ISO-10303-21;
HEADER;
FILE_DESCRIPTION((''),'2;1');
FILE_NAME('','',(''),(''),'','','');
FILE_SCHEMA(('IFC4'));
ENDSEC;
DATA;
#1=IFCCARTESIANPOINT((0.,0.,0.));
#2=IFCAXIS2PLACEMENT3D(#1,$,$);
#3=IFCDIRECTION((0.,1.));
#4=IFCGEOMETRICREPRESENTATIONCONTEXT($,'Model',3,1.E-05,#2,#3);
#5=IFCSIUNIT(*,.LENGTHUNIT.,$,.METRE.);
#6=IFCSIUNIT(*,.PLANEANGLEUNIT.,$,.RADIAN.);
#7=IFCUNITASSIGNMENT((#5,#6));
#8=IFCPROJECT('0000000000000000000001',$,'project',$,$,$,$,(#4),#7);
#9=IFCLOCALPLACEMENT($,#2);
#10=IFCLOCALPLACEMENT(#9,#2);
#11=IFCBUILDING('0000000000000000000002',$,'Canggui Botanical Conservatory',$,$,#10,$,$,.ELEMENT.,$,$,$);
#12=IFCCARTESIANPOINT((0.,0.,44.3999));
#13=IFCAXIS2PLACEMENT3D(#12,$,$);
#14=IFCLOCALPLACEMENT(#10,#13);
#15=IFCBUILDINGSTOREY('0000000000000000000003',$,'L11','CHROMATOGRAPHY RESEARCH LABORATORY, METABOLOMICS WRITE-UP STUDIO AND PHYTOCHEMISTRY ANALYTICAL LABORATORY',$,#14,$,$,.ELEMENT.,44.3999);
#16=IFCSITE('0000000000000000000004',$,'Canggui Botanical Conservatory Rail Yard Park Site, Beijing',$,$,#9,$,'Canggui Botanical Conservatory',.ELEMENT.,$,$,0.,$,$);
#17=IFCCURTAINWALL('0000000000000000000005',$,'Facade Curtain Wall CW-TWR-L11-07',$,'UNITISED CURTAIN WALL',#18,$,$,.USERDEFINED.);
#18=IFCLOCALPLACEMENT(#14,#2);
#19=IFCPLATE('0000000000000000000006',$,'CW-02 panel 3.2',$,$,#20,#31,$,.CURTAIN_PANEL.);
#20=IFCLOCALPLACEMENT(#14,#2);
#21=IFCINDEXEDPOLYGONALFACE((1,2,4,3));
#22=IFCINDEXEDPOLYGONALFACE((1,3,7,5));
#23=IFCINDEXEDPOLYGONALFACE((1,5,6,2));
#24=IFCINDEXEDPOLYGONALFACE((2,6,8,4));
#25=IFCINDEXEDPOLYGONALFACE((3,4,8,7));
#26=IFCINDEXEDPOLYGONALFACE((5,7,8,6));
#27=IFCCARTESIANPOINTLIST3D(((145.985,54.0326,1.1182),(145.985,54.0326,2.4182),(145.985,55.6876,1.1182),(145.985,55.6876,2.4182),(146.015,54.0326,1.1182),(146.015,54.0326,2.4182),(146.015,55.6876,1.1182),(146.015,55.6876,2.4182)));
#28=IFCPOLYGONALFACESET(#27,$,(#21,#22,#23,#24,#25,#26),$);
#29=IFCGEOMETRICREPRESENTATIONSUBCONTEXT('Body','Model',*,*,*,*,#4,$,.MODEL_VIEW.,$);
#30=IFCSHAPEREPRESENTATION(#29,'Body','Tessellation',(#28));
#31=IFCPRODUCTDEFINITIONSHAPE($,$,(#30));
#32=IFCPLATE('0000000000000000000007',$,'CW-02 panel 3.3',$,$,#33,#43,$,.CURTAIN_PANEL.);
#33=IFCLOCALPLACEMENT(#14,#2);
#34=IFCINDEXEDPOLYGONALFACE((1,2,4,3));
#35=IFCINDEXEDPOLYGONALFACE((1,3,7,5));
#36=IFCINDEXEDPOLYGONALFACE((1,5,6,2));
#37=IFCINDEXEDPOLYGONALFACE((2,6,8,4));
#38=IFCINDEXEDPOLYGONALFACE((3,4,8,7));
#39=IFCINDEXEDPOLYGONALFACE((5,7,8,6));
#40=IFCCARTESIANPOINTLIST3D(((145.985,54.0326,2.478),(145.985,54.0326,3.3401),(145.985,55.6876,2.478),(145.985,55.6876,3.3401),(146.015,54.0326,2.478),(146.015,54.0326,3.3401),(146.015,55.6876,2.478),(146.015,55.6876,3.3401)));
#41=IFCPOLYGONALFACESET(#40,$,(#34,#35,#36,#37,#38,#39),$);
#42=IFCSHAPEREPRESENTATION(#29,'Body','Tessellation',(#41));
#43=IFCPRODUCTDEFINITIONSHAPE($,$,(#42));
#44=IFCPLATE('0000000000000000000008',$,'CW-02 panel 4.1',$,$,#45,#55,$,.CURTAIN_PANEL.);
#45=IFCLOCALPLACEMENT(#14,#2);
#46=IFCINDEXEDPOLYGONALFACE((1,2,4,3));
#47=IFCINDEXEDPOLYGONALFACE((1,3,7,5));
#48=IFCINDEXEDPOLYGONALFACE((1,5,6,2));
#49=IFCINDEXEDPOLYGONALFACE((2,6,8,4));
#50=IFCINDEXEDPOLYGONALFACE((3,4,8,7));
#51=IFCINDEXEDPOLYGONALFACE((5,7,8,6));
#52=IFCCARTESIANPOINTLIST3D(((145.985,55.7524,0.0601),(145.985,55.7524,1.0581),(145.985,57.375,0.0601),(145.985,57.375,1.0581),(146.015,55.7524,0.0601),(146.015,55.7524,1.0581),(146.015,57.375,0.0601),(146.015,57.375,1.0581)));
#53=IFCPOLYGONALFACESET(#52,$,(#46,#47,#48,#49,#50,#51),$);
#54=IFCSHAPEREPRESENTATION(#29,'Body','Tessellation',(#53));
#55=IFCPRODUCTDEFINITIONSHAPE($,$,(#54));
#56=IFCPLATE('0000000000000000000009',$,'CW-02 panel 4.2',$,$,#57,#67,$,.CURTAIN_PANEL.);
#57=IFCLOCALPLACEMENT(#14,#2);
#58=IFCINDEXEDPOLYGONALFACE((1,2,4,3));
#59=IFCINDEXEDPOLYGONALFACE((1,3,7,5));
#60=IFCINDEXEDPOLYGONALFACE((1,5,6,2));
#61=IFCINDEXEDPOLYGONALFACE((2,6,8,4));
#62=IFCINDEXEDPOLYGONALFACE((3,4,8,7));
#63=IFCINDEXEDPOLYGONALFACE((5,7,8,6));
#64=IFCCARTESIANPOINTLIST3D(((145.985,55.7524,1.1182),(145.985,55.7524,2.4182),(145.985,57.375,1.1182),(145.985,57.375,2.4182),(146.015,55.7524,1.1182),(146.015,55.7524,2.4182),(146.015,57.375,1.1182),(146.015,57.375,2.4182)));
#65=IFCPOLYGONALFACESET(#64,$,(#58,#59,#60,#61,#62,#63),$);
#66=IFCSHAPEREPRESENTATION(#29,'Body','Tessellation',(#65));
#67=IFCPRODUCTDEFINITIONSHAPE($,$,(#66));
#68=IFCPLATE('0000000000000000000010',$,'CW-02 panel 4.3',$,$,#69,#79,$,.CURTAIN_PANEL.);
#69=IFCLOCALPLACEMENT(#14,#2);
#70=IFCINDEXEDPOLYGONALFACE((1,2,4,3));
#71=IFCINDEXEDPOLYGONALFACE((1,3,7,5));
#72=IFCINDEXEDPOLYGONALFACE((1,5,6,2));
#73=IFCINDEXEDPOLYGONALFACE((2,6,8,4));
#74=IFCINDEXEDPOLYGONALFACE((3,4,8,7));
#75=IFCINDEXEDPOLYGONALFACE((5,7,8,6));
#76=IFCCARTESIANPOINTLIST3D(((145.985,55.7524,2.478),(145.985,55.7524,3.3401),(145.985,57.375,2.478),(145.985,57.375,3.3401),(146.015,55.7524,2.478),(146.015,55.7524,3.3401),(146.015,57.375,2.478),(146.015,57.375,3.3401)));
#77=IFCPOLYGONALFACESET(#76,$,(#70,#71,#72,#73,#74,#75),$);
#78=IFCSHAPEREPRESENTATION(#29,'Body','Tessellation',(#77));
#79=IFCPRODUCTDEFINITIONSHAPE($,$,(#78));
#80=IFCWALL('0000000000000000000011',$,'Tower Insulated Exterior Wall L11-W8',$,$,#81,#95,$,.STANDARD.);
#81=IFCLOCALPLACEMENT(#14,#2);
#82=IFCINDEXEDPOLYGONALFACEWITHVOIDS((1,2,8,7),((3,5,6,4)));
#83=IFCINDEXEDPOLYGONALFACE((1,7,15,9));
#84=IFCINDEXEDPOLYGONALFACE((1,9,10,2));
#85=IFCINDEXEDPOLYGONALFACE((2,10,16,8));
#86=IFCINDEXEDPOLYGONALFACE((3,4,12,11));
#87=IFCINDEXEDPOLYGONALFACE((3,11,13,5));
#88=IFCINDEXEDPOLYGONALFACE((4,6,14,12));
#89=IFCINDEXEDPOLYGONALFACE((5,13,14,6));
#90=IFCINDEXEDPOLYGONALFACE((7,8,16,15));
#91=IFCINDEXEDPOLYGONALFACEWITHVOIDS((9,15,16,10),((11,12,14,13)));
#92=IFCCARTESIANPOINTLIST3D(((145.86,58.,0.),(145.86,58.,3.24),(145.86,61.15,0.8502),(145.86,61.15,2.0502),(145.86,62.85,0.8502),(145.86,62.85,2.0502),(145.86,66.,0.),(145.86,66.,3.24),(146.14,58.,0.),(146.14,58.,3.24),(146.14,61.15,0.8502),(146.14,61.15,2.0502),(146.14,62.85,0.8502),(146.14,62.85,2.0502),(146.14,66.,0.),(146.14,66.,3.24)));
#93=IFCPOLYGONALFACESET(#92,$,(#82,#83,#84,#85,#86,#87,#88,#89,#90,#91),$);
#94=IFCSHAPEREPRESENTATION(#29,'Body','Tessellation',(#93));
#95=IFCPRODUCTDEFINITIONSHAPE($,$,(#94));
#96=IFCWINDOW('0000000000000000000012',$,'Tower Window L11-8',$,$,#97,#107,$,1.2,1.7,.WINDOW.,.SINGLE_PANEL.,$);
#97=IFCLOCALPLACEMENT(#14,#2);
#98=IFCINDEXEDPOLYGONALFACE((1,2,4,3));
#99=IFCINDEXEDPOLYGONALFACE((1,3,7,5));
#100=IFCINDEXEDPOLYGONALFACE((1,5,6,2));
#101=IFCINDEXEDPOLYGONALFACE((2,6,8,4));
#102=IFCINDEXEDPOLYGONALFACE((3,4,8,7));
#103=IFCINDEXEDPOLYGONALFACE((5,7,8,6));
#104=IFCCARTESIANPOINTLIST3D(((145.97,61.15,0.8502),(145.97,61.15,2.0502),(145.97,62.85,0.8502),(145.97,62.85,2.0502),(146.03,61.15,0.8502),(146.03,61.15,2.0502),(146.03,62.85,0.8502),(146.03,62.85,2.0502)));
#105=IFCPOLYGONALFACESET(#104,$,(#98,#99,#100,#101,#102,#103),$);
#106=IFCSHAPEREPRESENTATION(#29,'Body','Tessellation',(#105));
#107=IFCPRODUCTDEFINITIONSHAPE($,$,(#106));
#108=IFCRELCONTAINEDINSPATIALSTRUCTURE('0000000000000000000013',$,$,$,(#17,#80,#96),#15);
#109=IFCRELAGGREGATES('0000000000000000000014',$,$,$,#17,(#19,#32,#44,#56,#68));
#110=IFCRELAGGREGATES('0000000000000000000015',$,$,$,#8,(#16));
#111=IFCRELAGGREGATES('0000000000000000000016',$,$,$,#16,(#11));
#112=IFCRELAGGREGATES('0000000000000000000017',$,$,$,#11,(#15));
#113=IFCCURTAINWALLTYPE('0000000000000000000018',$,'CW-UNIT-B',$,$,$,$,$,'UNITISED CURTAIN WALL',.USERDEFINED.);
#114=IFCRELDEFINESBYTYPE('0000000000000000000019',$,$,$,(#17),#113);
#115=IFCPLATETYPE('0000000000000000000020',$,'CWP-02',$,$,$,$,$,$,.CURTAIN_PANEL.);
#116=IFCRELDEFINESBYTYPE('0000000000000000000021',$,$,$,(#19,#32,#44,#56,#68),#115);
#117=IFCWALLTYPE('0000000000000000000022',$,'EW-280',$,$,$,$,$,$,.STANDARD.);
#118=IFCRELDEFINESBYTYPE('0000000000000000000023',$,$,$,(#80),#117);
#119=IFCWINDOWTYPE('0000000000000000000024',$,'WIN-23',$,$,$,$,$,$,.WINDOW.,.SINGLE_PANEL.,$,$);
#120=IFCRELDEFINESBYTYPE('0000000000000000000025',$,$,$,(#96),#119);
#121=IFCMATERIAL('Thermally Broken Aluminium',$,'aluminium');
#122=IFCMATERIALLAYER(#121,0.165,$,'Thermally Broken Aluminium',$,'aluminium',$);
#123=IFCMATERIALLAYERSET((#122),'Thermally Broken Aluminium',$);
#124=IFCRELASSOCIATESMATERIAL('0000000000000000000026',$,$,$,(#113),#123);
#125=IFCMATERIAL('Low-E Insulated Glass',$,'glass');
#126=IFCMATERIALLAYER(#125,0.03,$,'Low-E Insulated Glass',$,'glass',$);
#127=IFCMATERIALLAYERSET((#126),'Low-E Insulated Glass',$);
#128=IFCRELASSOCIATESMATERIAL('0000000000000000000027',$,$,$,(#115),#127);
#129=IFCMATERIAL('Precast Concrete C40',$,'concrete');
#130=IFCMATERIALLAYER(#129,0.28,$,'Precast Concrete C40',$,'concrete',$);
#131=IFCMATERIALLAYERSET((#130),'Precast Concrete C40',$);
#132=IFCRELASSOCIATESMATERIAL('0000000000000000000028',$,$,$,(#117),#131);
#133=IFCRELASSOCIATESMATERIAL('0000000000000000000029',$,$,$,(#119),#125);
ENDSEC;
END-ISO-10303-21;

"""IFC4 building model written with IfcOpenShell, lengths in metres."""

from ifc_helpers import new_model, si_unit, direction, frame, frame_2d, origin, origin_2d, place, context, subcontext, project, spatial, rectangle, extrude, material, layer, layer_set, type_object, element, fill, aggregate, save


model = new_model("IFC4")

# Units and contexts
model_context = context("Model", 3, precision=1e-05, world=origin(), true_north=direction((0.0, 1.0)))
body_context = subcontext(model_context, "Body", "Model", "MODEL_VIEW")
ifc_project = project(units=[si_unit("LENGTHUNIT", "METRE"), si_unit("PLANEANGLEUNIT", "RADIAN")], contexts=[model_context])

# Site, building, storey
site_placement = place(None, origin())
site = spatial("IfcSite", under=ifc_project, at=site_placement, Name="Canggui Botanical Conservatory Rail Yard Park Site, Beijing", LongName="Canggui Botanical Conservatory", CompositionType="ELEMENT", RefElevation=0.0)
building_placement = place(site_placement, origin())
building = spatial("IfcBuilding", under=site, at=building_placement, Name="Canggui Botanical Conservatory", CompositionType="ELEMENT")
storey_placement = place(building_placement, frame((0.0, 0.0, 44.3999)))
storey = spatial("IfcBuildingStorey", under=building, at=storey_placement, Name="L11", Description="CHROMATOGRAPHY RESEARCH LABORATORY, METABOLOMICS WRITE-UP STUDIO AND PHYTOCHEMISTRY ANALYTICAL LABORATORY", CompositionType="ELEMENT", Elevation=44.3999)

# Curtain wall
ifc_material_1 = material(Name="Thermally Broken Aluminium", Category="aluminium")
ifc_layer_1 = layer(ifc_material_1, 0.165, Name="Thermally Broken Aluminium", Category="aluminium")
ifc_layer_set_1 = layer_set([ifc_layer_1], Name="Thermally Broken Aluminium")
curtain_wall_type = type_object("IfcCurtainWallType", Name="CW-UNIT-B", ElementType="UNITISED CURTAIN WALL", PredefinedType="USERDEFINED", material=ifc_layer_set_1)
curtain_wall_1_placement = place(storey_placement, origin())
curtain_wall_1 = element("IfcCurtainWall", 1, at=curtain_wall_1_placement, inside=storey, type_object=curtain_wall_type, Name="Facade Curtain Wall CW-TWR-L11-07", ObjectType="UNITISED CURTAIN WALL", PredefinedType="USERDEFINED")

# Plates
ifc_material_2 = material(Name="Low-E Insulated Glass", Category="glass")
ifc_layer_2 = layer(ifc_material_2, 0.03, Name="Low-E Insulated Glass", Category="glass")
ifc_layer_set_2 = layer_set([ifc_layer_2], Name="Low-E Insulated Glass")
plate_type = type_object("IfcPlateType", Name="CWP-02", PredefinedType="CURTAIN_PANEL", material=ifc_layer_set_2)
plate_1_placement = place(storey_placement, frame((146.0, 54.8601, 1.1182), z_axis=(0.0, 0.0, 1.0), x_axis=(0.0, 1.0, 0.0)))
plate_1 = element("IfcPlate", 2, at=plate_1_placement, type_object=plate_type, Name="CW-02 panel 3.2", PredefinedType="CURTAIN_PANEL", context=body_context, shape_type="SweptSolid", body=[
    extrude(rectangle(XDim=1.655, YDim=0.03, at=origin_2d()), origin(), (0.0, 0.0, 1.0), 1.3),
])
plate_2_placement = place(storey_placement, frame((146.0, 54.8601, 2.478), z_axis=(0.0, 0.0, 1.0), x_axis=(0.0, 1.0, 0.0)))
plate_2 = element("IfcPlate", 3, at=plate_2_placement, type_object=plate_type, Name="CW-02 panel 3.3", PredefinedType="CURTAIN_PANEL", context=body_context, shape_type="SweptSolid", body=[
    extrude(rectangle(XDim=1.655, YDim=0.03, at=origin_2d()), origin(), (0.0, 0.0, 1.0), 0.8621),
])
plate_3_placement = place(storey_placement, frame((146.0, 56.5637, 0.0601), z_axis=(0.0, 0.0, 1.0), x_axis=(0.0, 1.0, 0.0)))
plate_3 = element("IfcPlate", 4, at=plate_3_placement, type_object=plate_type, Name="CW-02 panel 4.1", PredefinedType="CURTAIN_PANEL", context=body_context, shape_type="SweptSolid", body=[
    extrude(rectangle(XDim=1.6226, YDim=0.03, at=origin_2d()), origin(), (0.0, 0.0, 1.0), 0.998),
])
plate_4_placement = place(storey_placement, frame((146.0, 56.5637, 1.1182), z_axis=(0.0, 0.0, 1.0), x_axis=(0.0, 1.0, 0.0)))
plate_4 = element("IfcPlate", 5, at=plate_4_placement, type_object=plate_type, Name="CW-02 panel 4.2", PredefinedType="CURTAIN_PANEL", context=body_context, shape_type="SweptSolid", body=[
    extrude(rectangle(XDim=1.6226, YDim=0.03, at=origin_2d()), origin(), (0.0, 0.0, 1.0), 1.3),
])
plate_5_placement = place(storey_placement, frame((146.0, 56.5637, 2.478), z_axis=(0.0, 0.0, 1.0), x_axis=(0.0, 1.0, 0.0)))
plate_5 = element("IfcPlate", 6, at=plate_5_placement, type_object=plate_type, Name="CW-02 panel 4.3", PredefinedType="CURTAIN_PANEL", context=body_context, shape_type="SweptSolid", body=[
    extrude(rectangle(XDim=1.6226, YDim=0.03, at=origin_2d()), origin(), (0.0, 0.0, 1.0), 0.8621),
])
aggregate(curtain_wall_1, [plate_1, plate_2, plate_3, plate_4, plate_5])

# Wall, opening, window
ifc_material_3 = material(Name="Precast Concrete C40", Category="concrete")
ifc_layer_3 = layer(ifc_material_3, 0.28, Name="Precast Concrete C40", Category="concrete")
ifc_layer_set_3 = layer_set([ifc_layer_3], Name="Precast Concrete C40")
wall_type = type_object("IfcWallType", Name="EW-280", PredefinedType="STANDARD", material=ifc_layer_set_3)
wall_placement = place(storey_placement, frame((146.0, 58.0, 0.0), z_axis=(0.0, 0.0, 1.0), x_axis=(0.0, 1.0, 0.0)))
wall = element("IfcWall", 7, at=wall_placement, inside=storey, type_object=wall_type, Name="Tower Insulated Exterior Wall L11-W8", PredefinedType="STANDARD", context=body_context, shape_type="SweptSolid", body=[
    extrude(rectangle(XDim=8.0, YDim=0.28, at=frame_2d((4.0, 0.0))), origin(), (0.0, 0.0, 1.0), 3.24),
])
opening_placement = place(wall_placement, frame((3.1499, 0.0, 0.8501)))
opening = element("IfcOpeningElement", 8, at=opening_placement, cuts=wall, PredefinedType="OPENING", context=body_context, shape_type="SweptSolid", body=[
    extrude(rectangle(XDim=1.7, YDim=1.2, at=frame_2d((0.8501, 0.6001))), frame((0.0, 0.1499, 0.0), z_axis=(0.0, -1.0, 0.0), x_axis=(1.0, 0.0, 0.0)), (0.0, 0.0, 1.0), 0.3),
])
window_type = type_object("IfcWindowType", Name="WIN-23", PartitioningType="SINGLE_PANEL", PredefinedType="WINDOW", material=ifc_material_2)
window_placement = place(opening_placement, origin())
window = element("IfcWindow", 9, at=window_placement, inside=storey, type_object=window_type, Name="Tower Window L11-8", OverallHeight=1.2, OverallWidth=1.7, PartitioningType="SINGLE_PANEL", PredefinedType="WINDOW", context=body_context, shape_type="SweptSolid", body=[
    extrude(rectangle(XDim=1.7, YDim=1.2, at=frame_2d((0.8501, 0.6001))), frame((0.0, 0.03, 0.0), z_axis=(0.0, -1.0, 0.0), x_axis=(1.0, 0.0, 0.0)), (0.0, 0.0, 1.0), 0.0601),
])
fill(opening, window)

save(model, "model.ifc")
